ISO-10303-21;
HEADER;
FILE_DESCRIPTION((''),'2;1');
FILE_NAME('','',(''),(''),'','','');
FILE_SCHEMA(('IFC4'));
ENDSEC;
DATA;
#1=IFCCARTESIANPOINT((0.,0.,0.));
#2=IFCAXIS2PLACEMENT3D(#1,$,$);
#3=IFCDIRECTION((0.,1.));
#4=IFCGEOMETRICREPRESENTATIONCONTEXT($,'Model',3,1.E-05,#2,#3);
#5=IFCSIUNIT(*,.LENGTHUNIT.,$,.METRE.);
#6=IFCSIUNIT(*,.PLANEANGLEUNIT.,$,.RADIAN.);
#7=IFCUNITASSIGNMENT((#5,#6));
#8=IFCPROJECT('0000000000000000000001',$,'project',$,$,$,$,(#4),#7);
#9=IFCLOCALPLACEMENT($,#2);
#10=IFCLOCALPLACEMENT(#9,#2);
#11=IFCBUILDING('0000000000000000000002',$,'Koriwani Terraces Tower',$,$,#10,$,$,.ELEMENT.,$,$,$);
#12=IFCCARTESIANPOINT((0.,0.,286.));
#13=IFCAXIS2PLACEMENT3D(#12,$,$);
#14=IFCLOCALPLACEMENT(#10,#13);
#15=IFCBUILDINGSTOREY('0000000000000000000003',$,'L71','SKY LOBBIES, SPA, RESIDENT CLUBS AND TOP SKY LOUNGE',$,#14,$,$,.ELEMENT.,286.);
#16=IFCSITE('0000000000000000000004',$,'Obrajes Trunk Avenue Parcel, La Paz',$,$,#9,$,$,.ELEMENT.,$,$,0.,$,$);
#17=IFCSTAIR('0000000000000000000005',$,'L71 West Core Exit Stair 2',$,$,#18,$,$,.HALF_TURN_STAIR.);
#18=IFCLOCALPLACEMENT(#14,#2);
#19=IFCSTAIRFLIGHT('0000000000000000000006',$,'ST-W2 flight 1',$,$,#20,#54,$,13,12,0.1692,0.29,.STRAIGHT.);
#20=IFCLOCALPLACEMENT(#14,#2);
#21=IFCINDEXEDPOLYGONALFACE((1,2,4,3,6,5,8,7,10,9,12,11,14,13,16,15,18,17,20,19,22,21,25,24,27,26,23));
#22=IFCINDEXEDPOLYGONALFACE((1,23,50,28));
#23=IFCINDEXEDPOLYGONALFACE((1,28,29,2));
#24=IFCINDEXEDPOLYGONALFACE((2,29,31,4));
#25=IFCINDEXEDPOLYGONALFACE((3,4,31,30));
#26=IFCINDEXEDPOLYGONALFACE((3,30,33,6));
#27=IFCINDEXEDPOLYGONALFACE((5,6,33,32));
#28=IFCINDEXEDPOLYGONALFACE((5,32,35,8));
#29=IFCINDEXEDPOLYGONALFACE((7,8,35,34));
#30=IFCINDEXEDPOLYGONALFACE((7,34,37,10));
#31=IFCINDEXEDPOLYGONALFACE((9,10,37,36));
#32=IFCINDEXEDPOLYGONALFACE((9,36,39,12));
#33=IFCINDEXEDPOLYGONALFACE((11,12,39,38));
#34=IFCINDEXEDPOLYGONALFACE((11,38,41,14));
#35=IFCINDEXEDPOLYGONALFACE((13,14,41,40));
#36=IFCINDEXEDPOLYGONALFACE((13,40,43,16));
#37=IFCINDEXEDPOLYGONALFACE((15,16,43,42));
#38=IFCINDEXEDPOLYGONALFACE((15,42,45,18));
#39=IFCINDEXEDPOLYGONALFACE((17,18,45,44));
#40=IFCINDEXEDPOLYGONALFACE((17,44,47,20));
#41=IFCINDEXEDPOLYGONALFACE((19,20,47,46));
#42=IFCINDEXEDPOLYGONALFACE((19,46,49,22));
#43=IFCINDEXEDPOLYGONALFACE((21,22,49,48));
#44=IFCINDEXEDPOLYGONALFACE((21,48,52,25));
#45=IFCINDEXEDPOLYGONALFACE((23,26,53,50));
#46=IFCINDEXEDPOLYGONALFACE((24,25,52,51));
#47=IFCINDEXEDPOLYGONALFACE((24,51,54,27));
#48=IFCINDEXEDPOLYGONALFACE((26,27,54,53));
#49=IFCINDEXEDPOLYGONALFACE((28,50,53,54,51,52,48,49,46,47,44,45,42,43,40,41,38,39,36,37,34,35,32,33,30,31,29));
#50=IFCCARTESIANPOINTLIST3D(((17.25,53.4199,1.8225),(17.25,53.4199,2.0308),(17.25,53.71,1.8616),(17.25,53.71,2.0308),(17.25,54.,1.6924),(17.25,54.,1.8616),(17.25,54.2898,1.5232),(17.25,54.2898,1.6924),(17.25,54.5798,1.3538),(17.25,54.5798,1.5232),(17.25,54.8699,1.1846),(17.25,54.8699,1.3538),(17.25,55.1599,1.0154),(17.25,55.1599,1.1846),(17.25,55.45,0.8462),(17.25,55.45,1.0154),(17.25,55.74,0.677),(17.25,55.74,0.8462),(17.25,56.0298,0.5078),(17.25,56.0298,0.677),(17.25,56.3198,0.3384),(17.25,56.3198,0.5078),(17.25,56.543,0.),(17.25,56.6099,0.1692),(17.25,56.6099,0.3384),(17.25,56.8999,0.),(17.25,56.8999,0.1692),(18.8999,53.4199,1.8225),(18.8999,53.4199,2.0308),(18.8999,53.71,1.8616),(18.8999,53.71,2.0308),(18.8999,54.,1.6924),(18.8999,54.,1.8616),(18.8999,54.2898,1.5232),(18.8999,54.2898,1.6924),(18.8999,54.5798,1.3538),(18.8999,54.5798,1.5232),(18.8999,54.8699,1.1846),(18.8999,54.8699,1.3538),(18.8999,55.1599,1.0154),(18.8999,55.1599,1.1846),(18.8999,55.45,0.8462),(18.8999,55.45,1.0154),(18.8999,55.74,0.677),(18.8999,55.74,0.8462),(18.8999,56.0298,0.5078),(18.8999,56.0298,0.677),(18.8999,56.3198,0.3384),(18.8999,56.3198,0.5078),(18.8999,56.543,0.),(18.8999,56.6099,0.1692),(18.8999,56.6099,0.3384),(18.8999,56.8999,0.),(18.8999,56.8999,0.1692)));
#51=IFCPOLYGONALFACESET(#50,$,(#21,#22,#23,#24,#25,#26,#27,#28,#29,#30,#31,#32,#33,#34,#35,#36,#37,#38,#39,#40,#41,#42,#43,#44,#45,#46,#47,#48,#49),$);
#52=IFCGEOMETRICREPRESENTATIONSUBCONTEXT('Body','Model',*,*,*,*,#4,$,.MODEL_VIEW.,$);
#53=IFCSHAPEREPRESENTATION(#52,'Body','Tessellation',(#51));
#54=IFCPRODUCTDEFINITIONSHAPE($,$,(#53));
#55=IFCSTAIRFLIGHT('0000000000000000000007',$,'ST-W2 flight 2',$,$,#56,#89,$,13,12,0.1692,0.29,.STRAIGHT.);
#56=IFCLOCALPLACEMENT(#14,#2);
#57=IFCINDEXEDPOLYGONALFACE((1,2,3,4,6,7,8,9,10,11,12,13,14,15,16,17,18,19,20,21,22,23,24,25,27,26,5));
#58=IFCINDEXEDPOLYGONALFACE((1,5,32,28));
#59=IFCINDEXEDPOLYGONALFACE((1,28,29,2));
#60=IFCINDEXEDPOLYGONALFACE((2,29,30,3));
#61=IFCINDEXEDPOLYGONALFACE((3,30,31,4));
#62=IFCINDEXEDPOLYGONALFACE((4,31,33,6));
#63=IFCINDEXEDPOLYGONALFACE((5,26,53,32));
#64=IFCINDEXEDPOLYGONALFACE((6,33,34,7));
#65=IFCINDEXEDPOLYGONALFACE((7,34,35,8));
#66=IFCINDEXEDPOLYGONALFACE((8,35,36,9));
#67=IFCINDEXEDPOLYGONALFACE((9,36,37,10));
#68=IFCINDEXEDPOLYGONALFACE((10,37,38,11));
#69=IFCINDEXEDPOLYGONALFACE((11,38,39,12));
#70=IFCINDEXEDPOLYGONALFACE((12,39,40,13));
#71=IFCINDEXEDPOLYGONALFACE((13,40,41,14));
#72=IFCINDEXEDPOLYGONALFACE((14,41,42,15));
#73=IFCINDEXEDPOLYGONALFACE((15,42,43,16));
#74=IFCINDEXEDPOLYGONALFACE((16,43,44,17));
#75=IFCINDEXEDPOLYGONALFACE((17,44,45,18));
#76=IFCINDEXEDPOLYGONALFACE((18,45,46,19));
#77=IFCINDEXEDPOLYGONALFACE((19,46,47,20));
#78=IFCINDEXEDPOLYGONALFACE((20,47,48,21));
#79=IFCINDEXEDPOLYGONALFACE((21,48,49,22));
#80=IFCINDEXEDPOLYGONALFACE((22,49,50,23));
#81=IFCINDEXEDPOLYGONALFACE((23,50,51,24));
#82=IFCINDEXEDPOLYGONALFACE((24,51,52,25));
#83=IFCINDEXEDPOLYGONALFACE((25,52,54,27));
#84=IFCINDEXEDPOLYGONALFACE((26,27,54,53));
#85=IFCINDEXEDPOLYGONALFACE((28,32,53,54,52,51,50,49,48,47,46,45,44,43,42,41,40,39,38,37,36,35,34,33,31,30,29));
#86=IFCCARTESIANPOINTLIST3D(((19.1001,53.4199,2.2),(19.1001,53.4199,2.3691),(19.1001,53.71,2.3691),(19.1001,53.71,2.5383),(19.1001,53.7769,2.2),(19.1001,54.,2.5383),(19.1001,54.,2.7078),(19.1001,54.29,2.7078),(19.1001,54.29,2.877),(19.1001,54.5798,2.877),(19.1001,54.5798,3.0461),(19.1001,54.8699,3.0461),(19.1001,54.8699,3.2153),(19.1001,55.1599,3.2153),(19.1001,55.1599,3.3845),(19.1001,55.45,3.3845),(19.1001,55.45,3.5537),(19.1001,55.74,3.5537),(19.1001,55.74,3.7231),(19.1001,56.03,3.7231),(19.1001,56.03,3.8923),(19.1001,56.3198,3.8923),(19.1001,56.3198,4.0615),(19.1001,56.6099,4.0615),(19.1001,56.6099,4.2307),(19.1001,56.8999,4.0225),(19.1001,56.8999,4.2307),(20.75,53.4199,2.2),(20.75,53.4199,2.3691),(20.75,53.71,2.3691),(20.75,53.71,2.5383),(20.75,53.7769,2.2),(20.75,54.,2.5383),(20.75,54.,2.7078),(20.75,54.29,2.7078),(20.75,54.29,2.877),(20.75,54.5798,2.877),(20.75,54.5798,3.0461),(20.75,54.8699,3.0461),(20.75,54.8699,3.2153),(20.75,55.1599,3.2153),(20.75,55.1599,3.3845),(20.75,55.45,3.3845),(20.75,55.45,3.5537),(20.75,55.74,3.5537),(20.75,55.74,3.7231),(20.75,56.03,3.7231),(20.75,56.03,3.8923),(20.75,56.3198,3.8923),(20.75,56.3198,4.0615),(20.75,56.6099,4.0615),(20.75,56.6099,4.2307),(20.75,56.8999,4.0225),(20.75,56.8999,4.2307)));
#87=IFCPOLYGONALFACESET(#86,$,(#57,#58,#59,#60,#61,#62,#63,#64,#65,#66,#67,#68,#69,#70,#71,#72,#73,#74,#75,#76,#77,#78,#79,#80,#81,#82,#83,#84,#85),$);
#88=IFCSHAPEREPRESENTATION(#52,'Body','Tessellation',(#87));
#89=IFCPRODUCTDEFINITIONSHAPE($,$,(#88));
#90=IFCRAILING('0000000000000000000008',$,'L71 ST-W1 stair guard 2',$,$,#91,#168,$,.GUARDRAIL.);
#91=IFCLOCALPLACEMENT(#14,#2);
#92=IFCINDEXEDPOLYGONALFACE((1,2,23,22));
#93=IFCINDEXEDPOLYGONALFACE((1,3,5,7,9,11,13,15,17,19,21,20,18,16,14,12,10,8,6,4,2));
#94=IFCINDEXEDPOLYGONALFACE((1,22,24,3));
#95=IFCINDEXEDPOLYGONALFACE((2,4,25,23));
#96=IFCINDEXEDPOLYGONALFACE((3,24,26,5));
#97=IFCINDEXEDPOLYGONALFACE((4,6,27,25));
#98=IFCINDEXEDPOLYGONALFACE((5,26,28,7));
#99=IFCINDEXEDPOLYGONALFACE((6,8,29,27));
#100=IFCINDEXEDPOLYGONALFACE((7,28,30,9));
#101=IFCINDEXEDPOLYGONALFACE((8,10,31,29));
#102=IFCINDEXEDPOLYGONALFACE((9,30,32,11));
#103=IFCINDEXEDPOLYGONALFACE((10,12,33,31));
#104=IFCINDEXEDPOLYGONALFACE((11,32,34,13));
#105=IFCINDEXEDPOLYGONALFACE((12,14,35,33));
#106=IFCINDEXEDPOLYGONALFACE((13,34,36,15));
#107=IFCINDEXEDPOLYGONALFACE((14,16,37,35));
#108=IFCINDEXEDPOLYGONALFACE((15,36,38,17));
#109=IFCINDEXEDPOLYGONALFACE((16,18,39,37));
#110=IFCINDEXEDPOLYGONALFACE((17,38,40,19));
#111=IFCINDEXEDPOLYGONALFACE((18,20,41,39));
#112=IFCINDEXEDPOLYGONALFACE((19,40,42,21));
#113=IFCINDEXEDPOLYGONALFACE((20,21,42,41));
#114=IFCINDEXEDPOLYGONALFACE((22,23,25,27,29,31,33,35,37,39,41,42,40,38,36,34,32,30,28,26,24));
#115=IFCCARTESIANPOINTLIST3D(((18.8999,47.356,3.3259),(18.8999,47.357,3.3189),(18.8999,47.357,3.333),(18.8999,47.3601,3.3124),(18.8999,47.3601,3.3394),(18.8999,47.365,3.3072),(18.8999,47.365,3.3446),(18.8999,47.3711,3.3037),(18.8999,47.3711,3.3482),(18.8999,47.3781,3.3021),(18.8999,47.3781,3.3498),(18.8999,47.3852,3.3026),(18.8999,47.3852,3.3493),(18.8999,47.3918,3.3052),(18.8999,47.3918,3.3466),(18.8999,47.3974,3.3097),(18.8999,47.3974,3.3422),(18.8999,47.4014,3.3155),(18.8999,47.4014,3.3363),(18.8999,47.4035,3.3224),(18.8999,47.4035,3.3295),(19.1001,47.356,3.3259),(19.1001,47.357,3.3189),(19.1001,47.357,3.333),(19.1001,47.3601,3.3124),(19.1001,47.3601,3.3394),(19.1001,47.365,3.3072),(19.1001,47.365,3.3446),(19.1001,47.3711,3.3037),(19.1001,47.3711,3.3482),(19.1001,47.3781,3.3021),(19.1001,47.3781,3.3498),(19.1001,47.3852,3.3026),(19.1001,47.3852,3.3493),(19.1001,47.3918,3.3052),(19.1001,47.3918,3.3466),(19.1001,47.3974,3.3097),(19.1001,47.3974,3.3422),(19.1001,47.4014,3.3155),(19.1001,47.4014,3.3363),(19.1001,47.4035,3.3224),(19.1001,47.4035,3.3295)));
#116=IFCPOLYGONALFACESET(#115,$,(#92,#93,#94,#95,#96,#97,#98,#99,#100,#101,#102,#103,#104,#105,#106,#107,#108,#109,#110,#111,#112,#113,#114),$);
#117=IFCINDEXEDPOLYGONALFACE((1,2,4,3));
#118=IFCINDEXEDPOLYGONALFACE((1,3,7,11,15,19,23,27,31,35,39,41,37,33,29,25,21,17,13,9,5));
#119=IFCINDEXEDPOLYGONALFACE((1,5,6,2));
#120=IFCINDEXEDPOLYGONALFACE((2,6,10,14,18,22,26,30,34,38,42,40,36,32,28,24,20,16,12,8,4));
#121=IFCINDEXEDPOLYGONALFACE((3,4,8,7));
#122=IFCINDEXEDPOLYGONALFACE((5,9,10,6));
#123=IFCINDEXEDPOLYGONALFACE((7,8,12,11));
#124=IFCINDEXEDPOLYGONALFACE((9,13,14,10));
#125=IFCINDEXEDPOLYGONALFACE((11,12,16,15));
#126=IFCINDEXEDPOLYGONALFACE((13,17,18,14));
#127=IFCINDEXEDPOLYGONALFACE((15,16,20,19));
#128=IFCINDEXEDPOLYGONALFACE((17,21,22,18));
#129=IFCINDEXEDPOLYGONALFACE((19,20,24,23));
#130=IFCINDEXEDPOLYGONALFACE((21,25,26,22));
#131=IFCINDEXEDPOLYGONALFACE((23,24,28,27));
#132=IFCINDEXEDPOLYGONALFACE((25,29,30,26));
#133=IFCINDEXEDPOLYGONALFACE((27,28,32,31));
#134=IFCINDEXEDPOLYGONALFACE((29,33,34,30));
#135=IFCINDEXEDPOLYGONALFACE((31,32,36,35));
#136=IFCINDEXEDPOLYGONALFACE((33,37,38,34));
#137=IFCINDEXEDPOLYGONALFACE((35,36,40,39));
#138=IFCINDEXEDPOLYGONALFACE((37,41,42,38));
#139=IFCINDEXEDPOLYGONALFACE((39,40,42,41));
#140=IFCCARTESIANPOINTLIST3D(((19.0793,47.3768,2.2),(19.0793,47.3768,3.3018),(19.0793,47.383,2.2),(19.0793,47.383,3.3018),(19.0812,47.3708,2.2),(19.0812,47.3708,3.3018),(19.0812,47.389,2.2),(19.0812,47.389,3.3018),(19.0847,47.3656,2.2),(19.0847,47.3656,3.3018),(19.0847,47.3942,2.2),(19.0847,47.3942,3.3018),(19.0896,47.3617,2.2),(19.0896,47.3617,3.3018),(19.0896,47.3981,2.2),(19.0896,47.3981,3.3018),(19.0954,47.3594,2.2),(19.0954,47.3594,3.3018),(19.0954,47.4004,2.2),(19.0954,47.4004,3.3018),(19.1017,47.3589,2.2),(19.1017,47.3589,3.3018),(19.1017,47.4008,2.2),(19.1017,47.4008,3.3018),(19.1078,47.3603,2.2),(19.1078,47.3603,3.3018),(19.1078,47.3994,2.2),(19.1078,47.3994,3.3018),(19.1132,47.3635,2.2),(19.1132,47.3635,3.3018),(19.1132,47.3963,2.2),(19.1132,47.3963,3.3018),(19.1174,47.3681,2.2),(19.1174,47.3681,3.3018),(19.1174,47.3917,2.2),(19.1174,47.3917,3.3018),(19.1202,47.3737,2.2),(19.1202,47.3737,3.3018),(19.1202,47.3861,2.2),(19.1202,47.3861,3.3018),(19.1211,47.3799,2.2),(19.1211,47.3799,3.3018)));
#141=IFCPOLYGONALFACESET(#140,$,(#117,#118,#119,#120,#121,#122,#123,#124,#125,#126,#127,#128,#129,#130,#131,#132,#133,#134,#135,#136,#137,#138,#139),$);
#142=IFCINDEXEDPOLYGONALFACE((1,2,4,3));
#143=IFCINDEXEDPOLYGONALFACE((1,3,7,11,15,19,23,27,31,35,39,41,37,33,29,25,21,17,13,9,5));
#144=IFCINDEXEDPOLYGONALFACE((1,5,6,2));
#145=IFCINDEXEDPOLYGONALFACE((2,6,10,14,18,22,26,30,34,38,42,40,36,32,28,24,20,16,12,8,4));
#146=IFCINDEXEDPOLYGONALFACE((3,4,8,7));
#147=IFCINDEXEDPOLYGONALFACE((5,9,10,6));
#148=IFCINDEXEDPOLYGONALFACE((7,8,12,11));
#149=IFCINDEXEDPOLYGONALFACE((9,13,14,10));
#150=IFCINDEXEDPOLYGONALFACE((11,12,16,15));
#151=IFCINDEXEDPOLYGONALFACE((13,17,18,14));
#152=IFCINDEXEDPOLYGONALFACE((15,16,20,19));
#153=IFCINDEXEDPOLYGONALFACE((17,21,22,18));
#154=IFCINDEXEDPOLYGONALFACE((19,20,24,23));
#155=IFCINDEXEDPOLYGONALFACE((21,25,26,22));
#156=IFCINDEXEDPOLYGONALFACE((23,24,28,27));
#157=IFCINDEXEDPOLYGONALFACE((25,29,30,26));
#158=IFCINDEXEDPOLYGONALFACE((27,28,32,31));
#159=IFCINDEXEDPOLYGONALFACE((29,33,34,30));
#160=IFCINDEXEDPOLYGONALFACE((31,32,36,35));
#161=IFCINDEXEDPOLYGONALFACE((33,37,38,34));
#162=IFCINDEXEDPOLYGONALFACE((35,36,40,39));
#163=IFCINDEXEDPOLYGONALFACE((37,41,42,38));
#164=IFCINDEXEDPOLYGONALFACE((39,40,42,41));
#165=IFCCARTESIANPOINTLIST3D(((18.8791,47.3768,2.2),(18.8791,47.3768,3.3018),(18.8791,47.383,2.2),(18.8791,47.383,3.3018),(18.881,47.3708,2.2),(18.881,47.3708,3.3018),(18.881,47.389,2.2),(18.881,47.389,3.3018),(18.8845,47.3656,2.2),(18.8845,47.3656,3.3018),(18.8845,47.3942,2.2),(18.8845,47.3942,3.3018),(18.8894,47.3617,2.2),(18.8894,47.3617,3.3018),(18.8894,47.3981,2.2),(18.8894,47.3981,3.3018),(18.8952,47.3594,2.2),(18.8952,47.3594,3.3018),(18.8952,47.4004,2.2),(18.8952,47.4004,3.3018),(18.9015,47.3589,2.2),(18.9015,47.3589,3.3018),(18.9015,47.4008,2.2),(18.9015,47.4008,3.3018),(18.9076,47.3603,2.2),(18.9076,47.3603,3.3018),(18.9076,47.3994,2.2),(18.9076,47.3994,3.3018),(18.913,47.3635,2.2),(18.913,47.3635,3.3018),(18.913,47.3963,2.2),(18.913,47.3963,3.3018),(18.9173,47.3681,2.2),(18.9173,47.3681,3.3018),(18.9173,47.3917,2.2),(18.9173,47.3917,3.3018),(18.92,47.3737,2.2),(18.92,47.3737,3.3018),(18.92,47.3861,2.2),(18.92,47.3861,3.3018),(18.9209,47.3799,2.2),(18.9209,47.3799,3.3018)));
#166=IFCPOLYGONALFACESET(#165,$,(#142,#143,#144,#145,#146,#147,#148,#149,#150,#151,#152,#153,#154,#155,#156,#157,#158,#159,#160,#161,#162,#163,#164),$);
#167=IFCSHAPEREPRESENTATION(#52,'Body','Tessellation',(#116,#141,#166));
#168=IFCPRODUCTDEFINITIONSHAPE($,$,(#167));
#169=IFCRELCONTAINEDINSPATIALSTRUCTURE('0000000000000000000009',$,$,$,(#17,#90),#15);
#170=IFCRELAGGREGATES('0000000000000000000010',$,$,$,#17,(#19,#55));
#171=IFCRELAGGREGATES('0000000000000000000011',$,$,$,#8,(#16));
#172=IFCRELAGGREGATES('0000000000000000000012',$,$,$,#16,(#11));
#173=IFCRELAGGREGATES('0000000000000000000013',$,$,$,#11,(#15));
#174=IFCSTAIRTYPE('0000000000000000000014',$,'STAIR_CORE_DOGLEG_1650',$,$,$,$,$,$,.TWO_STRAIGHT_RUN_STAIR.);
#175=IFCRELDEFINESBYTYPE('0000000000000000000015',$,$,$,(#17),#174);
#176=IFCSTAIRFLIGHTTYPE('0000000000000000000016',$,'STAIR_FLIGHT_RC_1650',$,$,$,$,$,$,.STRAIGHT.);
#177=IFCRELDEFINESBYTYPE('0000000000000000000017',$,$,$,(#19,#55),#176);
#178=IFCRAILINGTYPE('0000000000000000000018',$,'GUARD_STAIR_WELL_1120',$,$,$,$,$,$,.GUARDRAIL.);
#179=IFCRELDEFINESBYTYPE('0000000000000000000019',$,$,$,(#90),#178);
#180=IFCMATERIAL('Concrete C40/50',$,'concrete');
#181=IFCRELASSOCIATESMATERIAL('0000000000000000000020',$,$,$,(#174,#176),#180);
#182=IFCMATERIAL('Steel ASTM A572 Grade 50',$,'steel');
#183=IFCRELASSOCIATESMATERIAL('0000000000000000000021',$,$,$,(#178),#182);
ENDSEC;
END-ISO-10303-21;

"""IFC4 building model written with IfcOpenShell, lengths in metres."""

from ifc_helpers import new_model, si_unit, direction, frame, origin, origin_2d, place, context, subcontext, project, spatial, polyline, circle, outline, extrude, material, type_object, element, aggregate, save


model = new_model("IFC4")

# Units and contexts
model_context = context("Model", 3, precision=1e-05, world=origin(), true_north=direction((0.0, 1.0)))
body_context = subcontext(model_context, "Body", "Model", "MODEL_VIEW")
ifc_project = project(units=[si_unit("LENGTHUNIT", "METRE"), si_unit("PLANEANGLEUNIT", "RADIAN")], contexts=[model_context])

# Site, building, storey
site_placement = place(None, origin())
site = spatial("IfcSite", under=ifc_project, at=site_placement, Name="Obrajes Trunk Avenue Parcel, La Paz", CompositionType="ELEMENT", RefElevation=0.0)
building_placement = place(site_placement, origin())
building = spatial("IfcBuilding", under=site, at=building_placement, Name="Koriwani Terraces Tower", CompositionType="ELEMENT")
storey_placement = place(building_placement, frame((0.0, 0.0, 286.0)))
storey = spatial("IfcBuildingStorey", under=building, at=storey_placement, Name="L71", Description="SKY LOBBIES, SPA, RESIDENT CLUBS AND TOP SKY LOUNGE", CompositionType="ELEMENT", Elevation=286.0)

# Shared definitions
ifc_material_1 = material(Name="Concrete C40/50", Category="concrete")
ifc_material_2 = material(Name="Steel ASTM A572 Grade 50", Category="steel")

# Shared definitions
stair_type = type_object("IfcStairType", Name="STAIR_CORE_DOGLEG_1650", PredefinedType="TWO_STRAIGHT_RUN_STAIR", material=ifc_material_1)
stair_flight_type = type_object("IfcStairFlightType", Name="STAIR_FLIGHT_RC_1650", PredefinedType="STRAIGHT", material=ifc_material_1)

# Stair, stair flights
stair_1_placement = place(storey_placement, origin())
stair_1 = element("IfcStair", 1, at=stair_1_placement, inside=storey, type_object=stair_type, Name="L71 West Core Exit Stair 2", PredefinedType="HALF_TURN_STAIR")
stair_flight_1_placement = place(storey_placement, frame((18.075, 56.8999, 0.0), z_axis=(0.0, 0.0, 1.0), x_axis=(0.0, -1.0, 0.0)))
stair_flight_1 = element("IfcStairFlight", 2, at=stair_flight_1_placement, type_object=stair_flight_type, Name="ST-W2 flight 1", NumberOfRisers=13, NumberOfTreads=12, PredefinedType="STRAIGHT", RiserHeight=0.1692, TreadLength=0.29, context=body_context, shape_type="SweptSolid", body=[
    extrude(outline(polyline([(0.0, 0.0), (0.0, 0.1692), (0.29, 0.1692), (0.29, 0.3384), (0.5801, 0.3384), (0.5801, 0.5078), (0.8701, 0.5078), (0.8701, 0.677), (1.1599, 0.677), (1.1599, 0.8462), (1.45, 0.8462), (1.45, 1.0154), (1.74, 1.0154), (1.74, 1.1846), (2.03, 1.1846), (2.03, 1.3538), (2.3201, 1.3538), (2.3201, 1.5232), (2.6101, 1.5232), (2.6101, 1.6924), (2.8999, 1.6924), (2.8999, 1.8616), (3.1899, 1.8616), (3.1899, 2.0308), (3.48, 2.0308), (3.48, 2.2), (3.48, 1.8225), (0.3569, 0.0), (0.0, 0.0)])), frame((0.0, 0.825, 0.0), z_axis=(0.0, -1.0, 0.0), x_axis=(1.0, 0.0, 0.0)), (0.0, 0.0, 1.0), 1.6499),
])
stair_flight_2_placement = place(storey_placement, frame((19.925, 53.4199, 2.2), z_axis=(0.0, 0.0, 1.0), x_axis=(0.0, 1.0, 0.0)))
stair_flight_2 = element("IfcStairFlight", 3, at=stair_flight_2_placement, type_object=stair_flight_type, Name="ST-W2 flight 2", NumberOfRisers=13, NumberOfTreads=12, PredefinedType="STRAIGHT", RiserHeight=0.1692, TreadLength=0.29, context=body_context, shape_type="SweptSolid", body=[
    extrude(outline(polyline([(0.0, 0.0), (0.0, 0.1692), (0.29, 0.1692), (0.29, 0.3384), (0.5801, 0.3384), (0.5801, 0.5078), (0.8701, 0.5078), (0.8701, 0.677), (1.1599, 0.677), (1.1599, 0.8462), (1.45, 0.8462), (1.45, 1.0154), (1.74, 1.0154), (1.74, 1.1846), (2.03, 1.1846), (2.03, 1.3538), (2.3201, 1.3538), (2.3201, 1.5232), (2.6101, 1.5232), (2.6101, 1.6924), (2.8999, 1.6924), (2.8999, 1.8616), (3.1899, 1.8616), (3.1899, 2.0308), (3.48, 2.0308), (3.48, 2.2), (3.48, 1.8225), (0.3569, 0.0), (0.0, 0.0)])), frame((0.0, 0.825, 0.0), z_axis=(0.0, -1.0, 0.0), x_axis=(1.0, 0.0, 0.0)), (0.0, 0.0, 1.0), 1.6499),
])
aggregate(stair_1, [stair_flight_1, stair_flight_2])

# Railing
railing_type_1 = type_object("IfcRailingType", Name="GUARD_STAIR_WELL_1120", PredefinedType="GUARDRAIL", material=ifc_material_2)
railing_1_placement = place(storey_placement, frame((19.1001, 47.3799, 2.2)))
element("IfcRailing", 4, at=railing_1_placement, inside=storey, type_object=railing_type_1, Name="L71 ST-W1 stair guard 2", PredefinedType="GUARDRAIL", context=body_context, shape_type="SweptSolid", body=[
    extrude(circle(Radius=0.0239, at=origin_2d()), frame((0.0, 0.0, 1.126), z_axis=(-1.0, 0.0, 0.0), x_axis=(0.0, -1.0, 0.0)), (0.0, 0.0, 1.0), 0.2002),
    extrude(circle(Radius=0.021, at=origin_2d()), origin(), (0.0, 0.0, 1.0), 1.1018),
    extrude(circle(Radius=0.021, at=origin_2d()), frame((-0.2002, 0.0, 0.0)), (0.0, 0.0, 1.0), 1.1018),
])

save(model, "model.ifc")
